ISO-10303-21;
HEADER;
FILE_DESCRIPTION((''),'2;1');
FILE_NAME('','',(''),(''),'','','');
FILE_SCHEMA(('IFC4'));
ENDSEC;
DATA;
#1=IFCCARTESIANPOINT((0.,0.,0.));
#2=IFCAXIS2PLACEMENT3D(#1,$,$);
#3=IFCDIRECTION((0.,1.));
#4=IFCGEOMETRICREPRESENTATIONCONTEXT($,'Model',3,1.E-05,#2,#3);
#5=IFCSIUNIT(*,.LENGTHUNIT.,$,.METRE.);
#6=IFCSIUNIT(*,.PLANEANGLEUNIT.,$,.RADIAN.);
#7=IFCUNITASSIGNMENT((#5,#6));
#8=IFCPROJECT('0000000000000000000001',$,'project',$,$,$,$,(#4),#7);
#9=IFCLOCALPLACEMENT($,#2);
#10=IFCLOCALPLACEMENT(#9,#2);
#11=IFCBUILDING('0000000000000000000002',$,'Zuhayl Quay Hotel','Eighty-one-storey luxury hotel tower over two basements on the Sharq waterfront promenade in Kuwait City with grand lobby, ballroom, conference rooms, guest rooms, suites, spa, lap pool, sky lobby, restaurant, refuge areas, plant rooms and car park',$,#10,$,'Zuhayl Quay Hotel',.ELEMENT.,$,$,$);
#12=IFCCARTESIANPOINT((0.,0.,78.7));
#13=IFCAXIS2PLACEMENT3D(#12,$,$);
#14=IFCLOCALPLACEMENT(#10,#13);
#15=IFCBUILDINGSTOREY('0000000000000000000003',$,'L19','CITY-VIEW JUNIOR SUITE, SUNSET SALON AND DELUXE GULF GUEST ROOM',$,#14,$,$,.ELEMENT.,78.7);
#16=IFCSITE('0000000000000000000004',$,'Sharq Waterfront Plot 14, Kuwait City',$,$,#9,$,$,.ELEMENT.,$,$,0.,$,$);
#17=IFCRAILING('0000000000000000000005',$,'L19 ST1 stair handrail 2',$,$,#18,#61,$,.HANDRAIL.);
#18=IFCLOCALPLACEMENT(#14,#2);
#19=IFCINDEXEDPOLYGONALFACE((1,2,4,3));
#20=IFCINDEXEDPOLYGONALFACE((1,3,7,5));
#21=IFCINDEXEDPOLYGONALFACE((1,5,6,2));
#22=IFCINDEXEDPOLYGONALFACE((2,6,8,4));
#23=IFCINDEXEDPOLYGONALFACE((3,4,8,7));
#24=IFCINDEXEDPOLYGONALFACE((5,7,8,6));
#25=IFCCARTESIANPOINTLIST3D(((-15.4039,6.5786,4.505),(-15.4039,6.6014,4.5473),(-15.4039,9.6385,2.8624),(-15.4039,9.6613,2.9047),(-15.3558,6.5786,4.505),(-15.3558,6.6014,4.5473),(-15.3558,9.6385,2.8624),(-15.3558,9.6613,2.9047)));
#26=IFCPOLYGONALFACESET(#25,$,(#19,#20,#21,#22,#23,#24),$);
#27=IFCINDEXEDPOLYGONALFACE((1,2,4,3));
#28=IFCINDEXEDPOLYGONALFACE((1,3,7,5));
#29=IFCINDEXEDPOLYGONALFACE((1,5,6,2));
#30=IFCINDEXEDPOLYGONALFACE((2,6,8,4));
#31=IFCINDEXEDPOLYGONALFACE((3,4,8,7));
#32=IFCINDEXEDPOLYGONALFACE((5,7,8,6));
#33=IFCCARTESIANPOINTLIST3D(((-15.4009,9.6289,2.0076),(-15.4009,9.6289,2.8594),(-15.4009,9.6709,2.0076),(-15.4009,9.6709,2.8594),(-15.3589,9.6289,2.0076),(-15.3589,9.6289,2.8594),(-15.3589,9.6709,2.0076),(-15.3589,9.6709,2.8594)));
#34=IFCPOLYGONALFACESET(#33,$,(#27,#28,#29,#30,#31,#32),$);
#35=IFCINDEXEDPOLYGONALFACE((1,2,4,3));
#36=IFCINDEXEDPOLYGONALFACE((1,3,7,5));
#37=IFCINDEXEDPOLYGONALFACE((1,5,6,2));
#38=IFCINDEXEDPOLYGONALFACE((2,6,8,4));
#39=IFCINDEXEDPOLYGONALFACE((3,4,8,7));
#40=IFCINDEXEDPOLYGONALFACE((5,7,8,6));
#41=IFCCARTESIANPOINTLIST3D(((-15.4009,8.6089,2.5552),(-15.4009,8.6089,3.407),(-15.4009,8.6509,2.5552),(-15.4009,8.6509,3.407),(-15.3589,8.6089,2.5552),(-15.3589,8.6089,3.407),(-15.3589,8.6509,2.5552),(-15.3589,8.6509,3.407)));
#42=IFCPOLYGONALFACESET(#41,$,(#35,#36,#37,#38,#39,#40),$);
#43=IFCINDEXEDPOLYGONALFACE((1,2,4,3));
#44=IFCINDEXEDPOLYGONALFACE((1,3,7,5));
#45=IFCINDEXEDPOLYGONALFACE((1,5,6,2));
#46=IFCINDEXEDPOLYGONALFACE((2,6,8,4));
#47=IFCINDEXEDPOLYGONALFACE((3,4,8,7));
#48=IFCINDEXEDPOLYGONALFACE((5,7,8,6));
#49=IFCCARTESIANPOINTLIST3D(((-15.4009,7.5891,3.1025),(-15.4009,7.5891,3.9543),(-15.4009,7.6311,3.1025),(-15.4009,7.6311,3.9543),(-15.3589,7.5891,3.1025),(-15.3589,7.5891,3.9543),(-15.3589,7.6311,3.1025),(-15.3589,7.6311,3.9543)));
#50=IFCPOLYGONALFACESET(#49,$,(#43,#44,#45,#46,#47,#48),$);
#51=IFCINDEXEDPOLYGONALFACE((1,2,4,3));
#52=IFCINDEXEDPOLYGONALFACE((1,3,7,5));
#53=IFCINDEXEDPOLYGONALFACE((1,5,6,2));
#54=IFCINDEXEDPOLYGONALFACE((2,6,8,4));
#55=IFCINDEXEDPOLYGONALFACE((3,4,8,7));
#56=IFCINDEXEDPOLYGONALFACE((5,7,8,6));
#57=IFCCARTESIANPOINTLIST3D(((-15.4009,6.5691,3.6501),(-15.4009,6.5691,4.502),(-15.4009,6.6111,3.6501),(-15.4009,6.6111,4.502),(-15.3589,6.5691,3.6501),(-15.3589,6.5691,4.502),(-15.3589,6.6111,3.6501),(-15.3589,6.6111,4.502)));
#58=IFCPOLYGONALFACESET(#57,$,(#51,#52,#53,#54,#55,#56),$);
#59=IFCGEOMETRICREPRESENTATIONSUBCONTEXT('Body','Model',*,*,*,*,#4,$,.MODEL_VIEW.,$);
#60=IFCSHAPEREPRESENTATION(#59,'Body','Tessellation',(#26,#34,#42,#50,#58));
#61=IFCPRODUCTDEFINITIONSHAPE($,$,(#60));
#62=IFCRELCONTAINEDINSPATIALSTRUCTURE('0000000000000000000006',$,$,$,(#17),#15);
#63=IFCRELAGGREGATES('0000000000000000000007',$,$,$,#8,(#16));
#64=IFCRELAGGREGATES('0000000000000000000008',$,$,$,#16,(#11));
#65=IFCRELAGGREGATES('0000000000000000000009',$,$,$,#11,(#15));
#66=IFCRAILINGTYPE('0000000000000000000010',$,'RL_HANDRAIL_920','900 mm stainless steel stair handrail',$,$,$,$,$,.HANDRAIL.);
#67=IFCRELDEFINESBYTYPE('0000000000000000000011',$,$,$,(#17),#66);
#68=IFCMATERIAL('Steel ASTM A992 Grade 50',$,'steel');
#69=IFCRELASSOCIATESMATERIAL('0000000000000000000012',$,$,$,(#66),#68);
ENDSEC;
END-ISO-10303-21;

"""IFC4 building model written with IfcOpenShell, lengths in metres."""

from ifc_helpers import new_model, si_unit, direction, frame, origin, origin_2d, place, context, subcontext, project, spatial, rectangle, extrude, material, type_object, element, save


model = new_model("IFC4")

# Units and contexts
model_context = context("Model", 3, precision=1e-05, world=origin(), true_north=direction((0.0, 1.0)))
body_context = subcontext(model_context, "Body", "Model", "MODEL_VIEW")
ifc_project = project(units=[si_unit("LENGTHUNIT", "METRE"), si_unit("PLANEANGLEUNIT", "RADIAN")], contexts=[model_context])

# Site, building, storey
site_placement = place(None, origin())
site = spatial("IfcSite", under=ifc_project, at=site_placement, Name="Sharq Waterfront Plot 14, Kuwait City", CompositionType="ELEMENT", RefElevation=0.0)
building_placement = place(site_placement, origin())
building = spatial("IfcBuilding", under=site, at=building_placement, Name="Zuhayl Quay Hotel", Description="Eighty-one-storey luxury hotel tower over two basements on the Sharq waterfront promenade in Kuwait City with grand lobby, ballroom, conference rooms, guest rooms, suites, spa, lap pool, sky lobby, restaurant, refuge areas, plant rooms and car park", LongName="Zuhayl Quay Hotel", CompositionType="ELEMENT")
storey_placement = place(building_placement, frame((0.0, 0.0, 78.7)))
storey = spatial("IfcBuildingStorey", under=building, at=storey_placement, Name="L19", Description="CITY-VIEW JUNIOR SUITE, SUNSET SALON AND DELUXE GULF GUEST ROOM", CompositionType="ELEMENT", Elevation=78.7)

# Shared definitions
ifc_material_1 = material(Name="Steel ASTM A992 Grade 50", Category="steel")

# Railing
railing_type_1 = type_object("IfcRailingType", Name="RL_HANDRAIL_920", Description="900 mm stainless steel stair handrail", PredefinedType="HANDRAIL", material=ifc_material_1)
railing_1_placement = place(storey_placement, frame((-15.3799, 9.6499, 2.0076)))
element("IfcRailing", 1, at=railing_1_placement, inside=storey, type_object=railing_type_1, Name="L19 ST1 stair handrail 2", PredefinedType="HANDRAIL", context=body_context, shape_type="SweptSolid", body=[
    extrude(rectangle(XDim=0.0481, YDim=0.0481, at=origin_2d()), frame((0.0, 0.0, 0.876), z_axis=(0.0, -0.881073, 0.47298), x_axis=(1.0, 0.0, 0.0)), (0.0, 0.0, 1.0), 3.4729),
    extrude(rectangle(XDim=0.042, YDim=0.042, at=origin_2d()), origin(), (0.0, 0.0, 1.0), 0.8518),
    extrude(rectangle(XDim=0.042, YDim=0.042, at=origin_2d()), frame((0.0, -1.02, 0.5476)), (0.0, 0.0, 1.0), 0.8518),
    extrude(rectangle(XDim=0.042, YDim=0.042, at=origin_2d()), frame((0.0, -2.0398, 1.095)), (0.0, 0.0, 1.0), 0.8518),
    extrude(rectangle(XDim=0.042, YDim=0.042, at=origin_2d()), frame((0.0, -3.0598, 1.6426)), (0.0, 0.0, 1.0), 0.8518),
])

save(model, "model.ifc")
